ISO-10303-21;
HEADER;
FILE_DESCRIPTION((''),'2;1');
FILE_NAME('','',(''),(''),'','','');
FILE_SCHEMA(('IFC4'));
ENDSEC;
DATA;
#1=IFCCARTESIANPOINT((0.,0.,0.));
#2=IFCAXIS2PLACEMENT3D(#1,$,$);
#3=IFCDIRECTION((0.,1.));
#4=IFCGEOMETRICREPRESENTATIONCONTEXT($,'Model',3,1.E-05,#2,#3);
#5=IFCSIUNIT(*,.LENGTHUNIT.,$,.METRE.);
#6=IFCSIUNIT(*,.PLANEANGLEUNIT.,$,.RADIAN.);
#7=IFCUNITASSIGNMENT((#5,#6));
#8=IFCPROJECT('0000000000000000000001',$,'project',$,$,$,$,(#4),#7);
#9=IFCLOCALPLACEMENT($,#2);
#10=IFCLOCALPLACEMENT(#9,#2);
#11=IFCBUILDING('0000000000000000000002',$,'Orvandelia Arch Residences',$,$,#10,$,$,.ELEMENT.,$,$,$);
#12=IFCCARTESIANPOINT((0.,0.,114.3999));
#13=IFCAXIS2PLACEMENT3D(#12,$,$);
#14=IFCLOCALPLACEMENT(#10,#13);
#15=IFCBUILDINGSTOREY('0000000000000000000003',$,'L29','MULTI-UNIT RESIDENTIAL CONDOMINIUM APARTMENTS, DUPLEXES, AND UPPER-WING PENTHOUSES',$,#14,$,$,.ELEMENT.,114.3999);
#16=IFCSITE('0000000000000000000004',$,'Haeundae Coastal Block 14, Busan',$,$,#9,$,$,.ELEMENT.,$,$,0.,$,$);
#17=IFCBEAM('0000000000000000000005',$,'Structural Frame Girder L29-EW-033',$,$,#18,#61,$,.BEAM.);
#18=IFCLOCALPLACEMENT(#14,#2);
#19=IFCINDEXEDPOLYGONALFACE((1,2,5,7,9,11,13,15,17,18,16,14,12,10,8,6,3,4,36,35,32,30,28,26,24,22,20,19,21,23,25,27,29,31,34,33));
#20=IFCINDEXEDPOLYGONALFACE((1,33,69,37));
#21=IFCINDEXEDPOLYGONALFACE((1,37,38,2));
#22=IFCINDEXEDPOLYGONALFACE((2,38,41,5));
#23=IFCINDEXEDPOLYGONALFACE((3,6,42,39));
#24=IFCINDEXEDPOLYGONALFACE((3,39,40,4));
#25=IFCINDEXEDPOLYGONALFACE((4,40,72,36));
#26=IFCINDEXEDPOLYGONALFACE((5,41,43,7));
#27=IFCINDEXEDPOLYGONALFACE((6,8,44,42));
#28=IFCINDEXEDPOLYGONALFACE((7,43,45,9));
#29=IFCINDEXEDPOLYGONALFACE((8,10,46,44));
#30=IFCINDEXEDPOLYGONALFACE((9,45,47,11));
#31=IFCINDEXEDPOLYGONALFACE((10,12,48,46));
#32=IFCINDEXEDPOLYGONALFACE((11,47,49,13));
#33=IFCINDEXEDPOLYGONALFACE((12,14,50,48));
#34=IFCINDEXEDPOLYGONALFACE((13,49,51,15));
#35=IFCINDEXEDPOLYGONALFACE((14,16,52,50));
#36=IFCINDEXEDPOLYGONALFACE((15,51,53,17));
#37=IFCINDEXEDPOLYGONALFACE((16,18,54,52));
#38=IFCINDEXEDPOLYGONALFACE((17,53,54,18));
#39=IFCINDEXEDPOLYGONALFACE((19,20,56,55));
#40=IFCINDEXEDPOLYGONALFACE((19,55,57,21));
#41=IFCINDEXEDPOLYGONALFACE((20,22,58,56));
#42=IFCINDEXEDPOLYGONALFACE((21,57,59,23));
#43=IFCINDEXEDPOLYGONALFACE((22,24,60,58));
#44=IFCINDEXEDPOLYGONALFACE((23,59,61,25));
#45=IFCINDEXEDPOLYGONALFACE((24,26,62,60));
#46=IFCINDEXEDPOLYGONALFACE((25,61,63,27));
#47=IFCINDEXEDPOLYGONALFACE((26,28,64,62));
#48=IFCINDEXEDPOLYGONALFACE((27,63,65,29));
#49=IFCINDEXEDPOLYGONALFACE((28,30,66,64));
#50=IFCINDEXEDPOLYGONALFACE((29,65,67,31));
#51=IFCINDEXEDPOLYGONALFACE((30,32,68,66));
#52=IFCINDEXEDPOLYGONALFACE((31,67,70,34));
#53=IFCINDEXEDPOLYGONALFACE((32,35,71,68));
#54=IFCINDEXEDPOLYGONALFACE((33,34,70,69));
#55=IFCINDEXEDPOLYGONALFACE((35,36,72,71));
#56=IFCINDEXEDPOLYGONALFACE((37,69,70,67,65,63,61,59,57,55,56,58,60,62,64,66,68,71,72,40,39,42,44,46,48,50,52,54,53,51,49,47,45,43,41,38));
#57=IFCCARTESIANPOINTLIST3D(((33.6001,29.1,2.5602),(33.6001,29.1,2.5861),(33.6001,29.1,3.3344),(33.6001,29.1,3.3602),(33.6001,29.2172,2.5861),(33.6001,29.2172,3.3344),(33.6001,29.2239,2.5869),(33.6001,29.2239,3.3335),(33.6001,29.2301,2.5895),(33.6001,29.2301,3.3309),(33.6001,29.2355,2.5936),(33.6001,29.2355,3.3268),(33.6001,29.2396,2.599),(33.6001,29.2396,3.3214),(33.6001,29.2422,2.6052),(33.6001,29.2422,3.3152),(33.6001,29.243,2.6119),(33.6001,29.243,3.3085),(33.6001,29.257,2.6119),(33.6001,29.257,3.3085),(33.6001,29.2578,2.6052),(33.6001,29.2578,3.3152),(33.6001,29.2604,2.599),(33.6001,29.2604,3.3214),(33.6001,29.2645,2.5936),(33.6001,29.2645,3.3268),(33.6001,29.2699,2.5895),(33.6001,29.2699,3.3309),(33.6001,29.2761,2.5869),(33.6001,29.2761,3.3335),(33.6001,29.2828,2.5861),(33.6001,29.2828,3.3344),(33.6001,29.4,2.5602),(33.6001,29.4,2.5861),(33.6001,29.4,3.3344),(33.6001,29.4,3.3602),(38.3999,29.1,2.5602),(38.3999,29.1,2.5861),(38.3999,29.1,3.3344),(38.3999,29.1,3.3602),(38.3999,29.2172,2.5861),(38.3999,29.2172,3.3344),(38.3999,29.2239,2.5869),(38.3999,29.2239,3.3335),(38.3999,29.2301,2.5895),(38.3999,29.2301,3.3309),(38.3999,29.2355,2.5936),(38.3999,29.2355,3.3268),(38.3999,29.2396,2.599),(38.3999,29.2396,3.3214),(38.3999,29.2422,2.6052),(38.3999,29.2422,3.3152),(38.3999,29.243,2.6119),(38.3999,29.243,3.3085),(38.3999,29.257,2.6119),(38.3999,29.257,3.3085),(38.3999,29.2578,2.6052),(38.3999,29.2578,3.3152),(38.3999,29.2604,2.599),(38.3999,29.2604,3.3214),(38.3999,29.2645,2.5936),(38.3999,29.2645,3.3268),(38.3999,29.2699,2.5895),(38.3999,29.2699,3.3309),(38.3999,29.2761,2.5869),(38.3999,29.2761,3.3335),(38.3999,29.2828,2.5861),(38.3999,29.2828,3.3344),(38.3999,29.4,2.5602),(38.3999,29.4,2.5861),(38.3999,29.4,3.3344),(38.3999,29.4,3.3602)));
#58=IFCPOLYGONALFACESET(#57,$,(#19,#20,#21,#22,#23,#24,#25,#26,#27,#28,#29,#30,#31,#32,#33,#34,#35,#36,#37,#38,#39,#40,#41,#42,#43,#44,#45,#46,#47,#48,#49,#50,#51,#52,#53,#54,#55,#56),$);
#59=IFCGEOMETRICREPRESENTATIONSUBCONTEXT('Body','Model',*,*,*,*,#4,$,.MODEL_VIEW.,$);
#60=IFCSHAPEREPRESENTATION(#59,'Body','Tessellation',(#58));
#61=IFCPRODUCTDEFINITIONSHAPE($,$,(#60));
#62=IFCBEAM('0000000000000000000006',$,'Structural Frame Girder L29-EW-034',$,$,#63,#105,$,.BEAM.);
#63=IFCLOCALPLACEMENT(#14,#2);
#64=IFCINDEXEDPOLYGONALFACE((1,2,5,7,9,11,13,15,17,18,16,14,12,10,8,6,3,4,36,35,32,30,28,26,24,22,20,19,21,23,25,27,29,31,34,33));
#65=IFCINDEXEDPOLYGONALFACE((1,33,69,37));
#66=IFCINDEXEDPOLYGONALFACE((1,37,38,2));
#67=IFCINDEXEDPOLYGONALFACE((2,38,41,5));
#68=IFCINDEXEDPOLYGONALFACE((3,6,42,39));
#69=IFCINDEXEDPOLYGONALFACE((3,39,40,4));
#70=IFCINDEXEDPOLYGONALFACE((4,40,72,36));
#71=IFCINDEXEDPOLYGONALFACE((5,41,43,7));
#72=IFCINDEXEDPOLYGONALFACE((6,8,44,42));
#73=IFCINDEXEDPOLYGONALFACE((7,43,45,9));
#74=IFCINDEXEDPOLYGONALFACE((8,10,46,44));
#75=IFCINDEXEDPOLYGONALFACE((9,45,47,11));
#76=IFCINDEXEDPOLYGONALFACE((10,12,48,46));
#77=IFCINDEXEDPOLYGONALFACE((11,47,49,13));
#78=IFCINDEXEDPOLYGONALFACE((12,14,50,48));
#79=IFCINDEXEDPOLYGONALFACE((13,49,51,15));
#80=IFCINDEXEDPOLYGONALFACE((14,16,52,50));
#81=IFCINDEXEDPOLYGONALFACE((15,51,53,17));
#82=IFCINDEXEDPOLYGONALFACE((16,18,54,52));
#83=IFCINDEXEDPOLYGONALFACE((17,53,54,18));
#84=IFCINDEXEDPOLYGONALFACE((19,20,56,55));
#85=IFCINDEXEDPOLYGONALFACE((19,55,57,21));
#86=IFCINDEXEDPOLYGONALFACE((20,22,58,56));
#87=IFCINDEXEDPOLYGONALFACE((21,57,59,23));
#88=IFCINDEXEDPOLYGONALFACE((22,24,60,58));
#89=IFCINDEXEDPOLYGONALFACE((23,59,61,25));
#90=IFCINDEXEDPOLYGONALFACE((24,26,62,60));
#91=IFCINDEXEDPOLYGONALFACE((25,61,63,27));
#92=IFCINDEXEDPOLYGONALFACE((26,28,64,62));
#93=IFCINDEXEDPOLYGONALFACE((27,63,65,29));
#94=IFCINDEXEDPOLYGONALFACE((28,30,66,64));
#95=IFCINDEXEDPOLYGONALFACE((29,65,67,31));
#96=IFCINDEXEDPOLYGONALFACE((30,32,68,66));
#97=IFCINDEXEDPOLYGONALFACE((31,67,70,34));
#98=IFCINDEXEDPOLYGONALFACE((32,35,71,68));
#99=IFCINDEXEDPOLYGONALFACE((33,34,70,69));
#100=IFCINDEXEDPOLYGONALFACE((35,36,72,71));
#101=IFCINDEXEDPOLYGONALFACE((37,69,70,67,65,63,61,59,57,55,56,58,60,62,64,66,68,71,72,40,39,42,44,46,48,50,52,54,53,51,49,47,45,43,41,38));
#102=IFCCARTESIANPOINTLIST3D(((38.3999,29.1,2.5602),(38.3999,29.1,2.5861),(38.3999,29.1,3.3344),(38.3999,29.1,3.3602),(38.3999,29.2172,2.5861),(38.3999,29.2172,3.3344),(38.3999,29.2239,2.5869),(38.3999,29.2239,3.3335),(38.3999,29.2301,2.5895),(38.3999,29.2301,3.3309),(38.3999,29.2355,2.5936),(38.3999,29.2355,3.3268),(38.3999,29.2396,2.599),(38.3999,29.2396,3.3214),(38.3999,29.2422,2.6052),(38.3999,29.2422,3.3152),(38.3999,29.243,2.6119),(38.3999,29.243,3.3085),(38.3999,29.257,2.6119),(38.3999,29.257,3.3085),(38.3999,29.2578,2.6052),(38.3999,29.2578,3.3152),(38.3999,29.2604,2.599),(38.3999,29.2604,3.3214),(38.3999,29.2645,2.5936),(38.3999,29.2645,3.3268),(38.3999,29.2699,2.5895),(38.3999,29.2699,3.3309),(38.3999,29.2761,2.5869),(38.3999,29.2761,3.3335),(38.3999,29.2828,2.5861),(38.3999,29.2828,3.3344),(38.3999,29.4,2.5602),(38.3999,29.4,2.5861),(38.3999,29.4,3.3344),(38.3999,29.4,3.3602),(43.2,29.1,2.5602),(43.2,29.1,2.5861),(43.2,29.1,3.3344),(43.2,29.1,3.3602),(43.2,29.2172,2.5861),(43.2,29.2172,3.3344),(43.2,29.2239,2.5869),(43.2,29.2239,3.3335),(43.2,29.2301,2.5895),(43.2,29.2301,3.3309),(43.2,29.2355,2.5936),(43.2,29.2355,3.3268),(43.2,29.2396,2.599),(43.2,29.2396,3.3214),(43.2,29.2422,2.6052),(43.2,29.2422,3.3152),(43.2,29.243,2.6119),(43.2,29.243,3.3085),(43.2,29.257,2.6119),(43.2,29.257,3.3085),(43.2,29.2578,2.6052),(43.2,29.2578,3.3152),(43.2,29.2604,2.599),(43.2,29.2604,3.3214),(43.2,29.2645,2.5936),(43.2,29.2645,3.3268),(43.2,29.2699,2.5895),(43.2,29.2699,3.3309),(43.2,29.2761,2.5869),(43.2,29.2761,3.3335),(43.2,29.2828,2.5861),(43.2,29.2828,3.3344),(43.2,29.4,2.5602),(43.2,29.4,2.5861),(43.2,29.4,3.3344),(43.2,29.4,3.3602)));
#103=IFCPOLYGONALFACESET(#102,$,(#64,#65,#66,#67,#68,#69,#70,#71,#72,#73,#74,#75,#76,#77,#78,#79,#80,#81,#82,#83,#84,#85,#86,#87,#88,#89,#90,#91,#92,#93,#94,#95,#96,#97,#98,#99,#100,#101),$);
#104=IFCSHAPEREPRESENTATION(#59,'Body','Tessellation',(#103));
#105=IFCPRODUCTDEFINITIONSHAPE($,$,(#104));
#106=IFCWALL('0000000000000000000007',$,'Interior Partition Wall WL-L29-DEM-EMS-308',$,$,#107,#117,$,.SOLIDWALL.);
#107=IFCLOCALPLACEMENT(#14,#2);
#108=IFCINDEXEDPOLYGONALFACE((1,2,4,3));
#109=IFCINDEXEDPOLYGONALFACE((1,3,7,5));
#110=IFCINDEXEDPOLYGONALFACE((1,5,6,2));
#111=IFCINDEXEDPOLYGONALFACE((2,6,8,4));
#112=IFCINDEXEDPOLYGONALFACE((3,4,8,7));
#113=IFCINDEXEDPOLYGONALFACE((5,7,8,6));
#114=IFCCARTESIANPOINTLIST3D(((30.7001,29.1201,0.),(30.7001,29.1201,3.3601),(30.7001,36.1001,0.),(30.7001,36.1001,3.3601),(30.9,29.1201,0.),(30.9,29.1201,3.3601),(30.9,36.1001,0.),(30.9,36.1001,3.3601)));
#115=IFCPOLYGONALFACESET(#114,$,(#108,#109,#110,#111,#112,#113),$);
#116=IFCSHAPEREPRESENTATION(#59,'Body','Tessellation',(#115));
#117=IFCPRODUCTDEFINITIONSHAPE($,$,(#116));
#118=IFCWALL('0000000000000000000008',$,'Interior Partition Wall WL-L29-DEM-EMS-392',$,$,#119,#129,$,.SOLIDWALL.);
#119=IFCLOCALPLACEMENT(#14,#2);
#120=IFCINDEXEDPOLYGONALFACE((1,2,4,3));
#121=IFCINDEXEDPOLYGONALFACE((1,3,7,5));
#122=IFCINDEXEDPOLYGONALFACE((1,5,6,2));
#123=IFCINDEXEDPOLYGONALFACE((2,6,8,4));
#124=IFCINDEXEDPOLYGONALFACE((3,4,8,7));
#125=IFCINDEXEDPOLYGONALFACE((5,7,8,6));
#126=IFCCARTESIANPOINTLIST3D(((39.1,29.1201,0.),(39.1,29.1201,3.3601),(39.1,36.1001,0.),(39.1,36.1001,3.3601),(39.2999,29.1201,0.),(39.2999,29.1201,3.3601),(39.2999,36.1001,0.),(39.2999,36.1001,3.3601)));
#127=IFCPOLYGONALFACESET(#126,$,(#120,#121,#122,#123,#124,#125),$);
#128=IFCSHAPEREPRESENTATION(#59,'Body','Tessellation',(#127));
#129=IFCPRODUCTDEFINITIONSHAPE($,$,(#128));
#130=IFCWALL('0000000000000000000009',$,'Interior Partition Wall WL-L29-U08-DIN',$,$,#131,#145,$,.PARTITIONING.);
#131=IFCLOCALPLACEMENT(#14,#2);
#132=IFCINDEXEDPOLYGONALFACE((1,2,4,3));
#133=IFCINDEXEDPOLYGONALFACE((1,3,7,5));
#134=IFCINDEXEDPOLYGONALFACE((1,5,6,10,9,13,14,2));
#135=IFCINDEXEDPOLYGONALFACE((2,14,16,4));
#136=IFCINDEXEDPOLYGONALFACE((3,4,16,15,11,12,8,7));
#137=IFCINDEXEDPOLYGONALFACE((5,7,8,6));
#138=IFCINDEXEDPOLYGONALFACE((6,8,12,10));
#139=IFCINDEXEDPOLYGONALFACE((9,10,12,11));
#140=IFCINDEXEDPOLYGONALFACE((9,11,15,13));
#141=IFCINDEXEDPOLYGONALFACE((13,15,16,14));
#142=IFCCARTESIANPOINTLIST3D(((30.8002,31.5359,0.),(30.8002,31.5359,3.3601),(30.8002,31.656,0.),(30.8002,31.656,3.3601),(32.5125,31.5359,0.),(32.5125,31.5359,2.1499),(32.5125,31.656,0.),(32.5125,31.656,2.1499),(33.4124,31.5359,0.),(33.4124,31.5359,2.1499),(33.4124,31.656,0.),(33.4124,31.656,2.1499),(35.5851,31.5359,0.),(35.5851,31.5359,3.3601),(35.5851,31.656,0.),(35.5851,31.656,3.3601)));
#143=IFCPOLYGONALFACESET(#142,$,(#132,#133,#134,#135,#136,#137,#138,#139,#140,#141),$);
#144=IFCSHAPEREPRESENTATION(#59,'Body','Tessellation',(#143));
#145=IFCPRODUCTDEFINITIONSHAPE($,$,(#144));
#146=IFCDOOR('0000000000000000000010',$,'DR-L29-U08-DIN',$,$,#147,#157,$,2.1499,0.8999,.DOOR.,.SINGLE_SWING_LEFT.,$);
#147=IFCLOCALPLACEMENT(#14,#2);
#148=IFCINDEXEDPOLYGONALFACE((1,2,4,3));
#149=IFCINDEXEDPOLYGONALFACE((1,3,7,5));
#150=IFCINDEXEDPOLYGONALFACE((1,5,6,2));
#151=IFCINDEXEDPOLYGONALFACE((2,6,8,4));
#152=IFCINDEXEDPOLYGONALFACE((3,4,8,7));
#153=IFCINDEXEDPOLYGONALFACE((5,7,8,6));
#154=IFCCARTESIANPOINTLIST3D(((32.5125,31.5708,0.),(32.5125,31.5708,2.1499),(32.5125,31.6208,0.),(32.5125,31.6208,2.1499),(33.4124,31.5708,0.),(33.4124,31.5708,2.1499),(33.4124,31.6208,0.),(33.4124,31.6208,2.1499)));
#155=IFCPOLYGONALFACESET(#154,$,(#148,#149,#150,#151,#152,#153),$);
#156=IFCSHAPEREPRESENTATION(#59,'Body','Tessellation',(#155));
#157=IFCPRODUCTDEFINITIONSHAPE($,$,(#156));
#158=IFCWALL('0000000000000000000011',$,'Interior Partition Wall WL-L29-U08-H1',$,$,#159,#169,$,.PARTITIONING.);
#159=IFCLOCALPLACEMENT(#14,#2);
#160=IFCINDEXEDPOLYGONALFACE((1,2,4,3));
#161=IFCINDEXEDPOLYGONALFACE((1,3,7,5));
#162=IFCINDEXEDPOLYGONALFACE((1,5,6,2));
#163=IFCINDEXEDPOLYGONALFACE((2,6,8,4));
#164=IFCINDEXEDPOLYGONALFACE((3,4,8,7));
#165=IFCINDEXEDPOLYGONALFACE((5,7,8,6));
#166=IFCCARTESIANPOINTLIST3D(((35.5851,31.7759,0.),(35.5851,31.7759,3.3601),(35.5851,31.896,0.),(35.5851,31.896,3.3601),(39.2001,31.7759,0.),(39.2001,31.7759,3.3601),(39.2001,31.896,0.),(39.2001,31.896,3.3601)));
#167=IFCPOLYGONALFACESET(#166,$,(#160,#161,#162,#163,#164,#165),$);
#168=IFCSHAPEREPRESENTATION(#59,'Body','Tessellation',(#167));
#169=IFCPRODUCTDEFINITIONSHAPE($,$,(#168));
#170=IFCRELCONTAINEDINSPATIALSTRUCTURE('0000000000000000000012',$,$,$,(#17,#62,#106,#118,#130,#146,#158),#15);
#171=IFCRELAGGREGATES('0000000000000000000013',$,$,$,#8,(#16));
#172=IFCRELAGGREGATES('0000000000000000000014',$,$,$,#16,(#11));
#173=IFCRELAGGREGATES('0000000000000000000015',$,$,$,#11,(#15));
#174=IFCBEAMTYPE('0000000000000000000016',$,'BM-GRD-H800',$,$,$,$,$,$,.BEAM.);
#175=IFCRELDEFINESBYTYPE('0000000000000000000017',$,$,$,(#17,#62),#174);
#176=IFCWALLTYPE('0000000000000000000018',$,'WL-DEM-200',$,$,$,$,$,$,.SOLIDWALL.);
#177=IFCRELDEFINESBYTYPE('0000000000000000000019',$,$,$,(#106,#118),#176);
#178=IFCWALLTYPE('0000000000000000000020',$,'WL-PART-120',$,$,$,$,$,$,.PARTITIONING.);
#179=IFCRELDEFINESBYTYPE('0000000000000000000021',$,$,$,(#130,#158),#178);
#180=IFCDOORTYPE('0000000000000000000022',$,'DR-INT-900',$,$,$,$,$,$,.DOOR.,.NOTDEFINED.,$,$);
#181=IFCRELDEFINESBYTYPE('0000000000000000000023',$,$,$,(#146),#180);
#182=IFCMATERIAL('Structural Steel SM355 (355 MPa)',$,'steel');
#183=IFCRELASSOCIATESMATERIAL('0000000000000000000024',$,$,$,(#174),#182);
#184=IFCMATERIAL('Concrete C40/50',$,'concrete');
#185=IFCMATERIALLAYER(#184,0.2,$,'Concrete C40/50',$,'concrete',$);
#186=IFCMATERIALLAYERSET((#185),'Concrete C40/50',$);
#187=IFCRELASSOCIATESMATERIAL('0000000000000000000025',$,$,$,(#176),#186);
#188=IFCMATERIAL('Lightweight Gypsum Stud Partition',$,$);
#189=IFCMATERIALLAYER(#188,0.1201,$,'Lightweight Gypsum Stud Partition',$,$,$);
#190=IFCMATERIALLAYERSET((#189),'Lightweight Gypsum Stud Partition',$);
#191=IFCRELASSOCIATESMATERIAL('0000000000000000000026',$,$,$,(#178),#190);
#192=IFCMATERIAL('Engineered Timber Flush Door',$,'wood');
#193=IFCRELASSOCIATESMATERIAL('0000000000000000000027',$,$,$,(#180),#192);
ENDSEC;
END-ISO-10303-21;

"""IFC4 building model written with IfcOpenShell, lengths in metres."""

from ifc_helpers import new_model, si_unit, direction, frame, frame_2d, origin, origin_2d, place, context, subcontext, project, spatial, rectangle, i_section, extrude, material, layer, layer_set, material_profile, profile_set, type_object, element, fill, save


model = new_model("IFC4")

# Units and contexts
model_context = context("Model", 3, precision=1e-05, world=origin(), true_north=direction((0.0, 1.0)))
body_context = subcontext(model_context, "Body", "Model", "MODEL_VIEW")
ifc_project = project(units=[si_unit("LENGTHUNIT", "METRE"), si_unit("PLANEANGLEUNIT", "RADIAN")], contexts=[model_context])

# Site, building, storey
site_placement = place(None, origin())
site = spatial("IfcSite", under=ifc_project, at=site_placement, Name="Haeundae Coastal Block 14, Busan", CompositionType="ELEMENT", RefElevation=0.0)
building_placement = place(site_placement, origin())
building = spatial("IfcBuilding", under=site, at=building_placement, Name="Orvandelia Arch Residences", CompositionType="ELEMENT")
storey_placement = place(building_placement, frame((0.0, 0.0, 114.3999)))
storey = spatial("IfcBuildingStorey", under=building, at=storey_placement, Name="L29", Description="MULTI-UNIT RESIDENTIAL CONDOMINIUM APARTMENTS, DUPLEXES, AND UPPER-WING PENTHOUSES", CompositionType="ELEMENT", Elevation=114.3999)

# Beams
ifc_material_1 = material(Name="Structural Steel SM355 (355 MPa)", Category="steel")
ifc_material_profile_1 = material_profile(ifc_material_1, i_section(OverallWidth=0.3, OverallDepth=0.8, WebThickness=0.0139, FlangeThickness=0.0259, FilletRadius=0.0259, at=origin_2d()), Name="Structural Steel SM355 (355 MPa)", Category="steel")
ifc_profile_set_1 = profile_set([ifc_material_profile_1], Name="Structural Steel SM355 (355 MPa)")
beam_type = type_object("IfcBeamType", Name="BM-GRD-H800", PredefinedType="BEAM", material=ifc_profile_set_1)
beam_1_placement = place(storey_placement, frame((33.6001, 29.25, 2.9602), z_axis=(1.0, 0.0, 0.0), x_axis=(0.0, 1.0, 0.0)))
element("IfcBeam", 1, at=beam_1_placement, inside=storey, type_object=beam_type, Name="Structural Frame Girder L29-EW-033", PredefinedType="BEAM", context=body_context, shape_type="SweptSolid", body=[
    extrude(i_section(OverallWidth=0.3, OverallDepth=0.8, WebThickness=0.0139, FlangeThickness=0.0259, FilletRadius=0.0259, at=origin_2d()), origin(), (0.0, 0.0, 1.0), 4.7998),
])
beam_2_placement = place(storey_placement, frame((38.3999, 29.25, 2.9602), z_axis=(1.0, 0.0, 0.0), x_axis=(0.0, 1.0, 0.0)))
element("IfcBeam", 2, at=beam_2_placement, inside=storey, type_object=beam_type, Name="Structural Frame Girder L29-EW-034", PredefinedType="BEAM", context=body_context, shape_type="SweptSolid", body=[
    extrude(i_section(OverallWidth=0.3, OverallDepth=0.8, WebThickness=0.0139, FlangeThickness=0.0259, FilletRadius=0.0259, at=origin_2d()), origin(), (0.0, 0.0, 1.0), 4.8),
])

# Walls
ifc_material_2 = material(Name="Concrete C40/50", Category="concrete")
ifc_layer_1 = layer(ifc_material_2, 0.2, Name="Concrete C40/50", Category="concrete")
ifc_layer_set_1 = layer_set([ifc_layer_1], Name="Concrete C40/50")
wall_type_1 = type_object("IfcWallType", Name="WL-DEM-200", PredefinedType="SOLIDWALL", material=ifc_layer_set_1)
for number, where, z_axis, x_axis, name in (
    (3, (30.8, 29.1201, 0.0), (0.0, 0.0, 1.0), (0.0, 1.0, 0.0), "Interior Partition Wall WL-L29-DEM-EMS-308"),
    (4, (39.2, 29.1201, 0.0), (0.0, 0.0, 1.0), (0.0, 1.0, 0.0), "Interior Partition Wall WL-L29-DEM-EMS-392"),
):
    element("IfcWall", number, at=place(storey_placement, frame(where, z_axis=z_axis, x_axis=x_axis)), inside=storey, type_object=wall_type_1, Name=name, PredefinedType="SOLIDWALL", context=body_context, shape_type="SweptSolid", body=[
        extrude(rectangle(XDim=6.98, YDim=0.2, at=frame_2d((3.49, 0.0))), origin(), (0.0, 0.0, 1.0), 3.3601),
    ])

# Wall, opening, door
ifc_material_3 = material(Name="Lightweight Gypsum Stud Partition")
ifc_layer_2 = layer(ifc_material_3, 0.1201, Name="Lightweight Gypsum Stud Partition")
ifc_layer_set_2 = layer_set([ifc_layer_2], Name="Lightweight Gypsum Stud Partition")
wall_type_2 = type_object("IfcWallType", Name="WL-PART-120", PredefinedType="PARTITIONING", material=ifc_layer_set_2)
wall_1_placement = place(storey_placement, frame((30.8, 31.5959, 0.0), z_axis=(0.0, 0.0, 1.0), x_axis=(1.0, 0.0, 0.0)))
wall_1 = element("IfcWall", 5, at=wall_1_placement, inside=storey, type_object=wall_type_2, Name="Interior Partition Wall WL-L29-U08-DIN", PredefinedType="PARTITIONING", context=body_context, shape_type="SweptSolid", body=[
    extrude(rectangle(XDim=4.7849, YDim=0.1201, at=frame_2d((2.3926, 0.0))), origin(), (0.0, 0.0, 1.0), 3.3601),
])
opening_1_placement = place(wall_1_placement, frame((1.7124, 0.0, 0.0)))
opening_1 = element("IfcOpeningElement", 6, at=opening_1_placement, cuts=wall_1, PredefinedType="OPENING", context=body_context, shape_type="SweptSolid", body=[
    extrude(rectangle(XDim=0.8999, YDim=2.1499, at=frame_2d((0.45, 1.075))), frame((0.0, 0.0701, 0.0), z_axis=(0.0, -1.0, 0.0), x_axis=(1.0, 0.0, 0.0)), (0.0, 0.0, 1.0), 0.1401),
])
ifc_material_4 = material(Name="Engineered Timber Flush Door", Category="wood")
door_type_1 = type_object("IfcDoorType", Name="DR-INT-900", OperationType="NOTDEFINED", PredefinedType="DOOR", material=ifc_material_4)
door_1_placement = place(opening_1_placement, origin())
door_1 = element("IfcDoor", 7, at=door_1_placement, inside=storey, type_object=door_type_1, Name="DR-L29-U08-DIN", OperationType="SINGLE_SWING_LEFT", OverallHeight=2.1499, OverallWidth=0.8999, PredefinedType="DOOR", context=body_context, shape_type="SweptSolid", body=[
    extrude(rectangle(XDim=0.8999, YDim=2.1499, at=frame_2d((0.45, 1.075))), frame((0.0, 0.0249, 0.0), z_axis=(0.0, -1.0, 0.0), x_axis=(1.0, 0.0, 0.0)), (0.0, 0.0, 1.0), 0.05),
])
fill(opening_1, door_1)

# Wall
wall_2_placement = place(storey_placement, frame((35.585, 31.8359, 0.0), z_axis=(0.0, 0.0, 1.0), x_axis=(1.0, 0.0, 0.0)))
element("IfcWall", 8, at=wall_2_placement, inside=storey, type_object=wall_type_2, Name="Interior Partition Wall WL-L29-U08-H1", PredefinedType="PARTITIONING", context=body_context, shape_type="SweptSolid", body=[
    extrude(rectangle(XDim=3.615, YDim=0.1201, at=frame_2d((1.8076, 0.0))), origin(), (0.0, 0.0, 1.0), 3.3601),
])

save(model, "model.ifc")
